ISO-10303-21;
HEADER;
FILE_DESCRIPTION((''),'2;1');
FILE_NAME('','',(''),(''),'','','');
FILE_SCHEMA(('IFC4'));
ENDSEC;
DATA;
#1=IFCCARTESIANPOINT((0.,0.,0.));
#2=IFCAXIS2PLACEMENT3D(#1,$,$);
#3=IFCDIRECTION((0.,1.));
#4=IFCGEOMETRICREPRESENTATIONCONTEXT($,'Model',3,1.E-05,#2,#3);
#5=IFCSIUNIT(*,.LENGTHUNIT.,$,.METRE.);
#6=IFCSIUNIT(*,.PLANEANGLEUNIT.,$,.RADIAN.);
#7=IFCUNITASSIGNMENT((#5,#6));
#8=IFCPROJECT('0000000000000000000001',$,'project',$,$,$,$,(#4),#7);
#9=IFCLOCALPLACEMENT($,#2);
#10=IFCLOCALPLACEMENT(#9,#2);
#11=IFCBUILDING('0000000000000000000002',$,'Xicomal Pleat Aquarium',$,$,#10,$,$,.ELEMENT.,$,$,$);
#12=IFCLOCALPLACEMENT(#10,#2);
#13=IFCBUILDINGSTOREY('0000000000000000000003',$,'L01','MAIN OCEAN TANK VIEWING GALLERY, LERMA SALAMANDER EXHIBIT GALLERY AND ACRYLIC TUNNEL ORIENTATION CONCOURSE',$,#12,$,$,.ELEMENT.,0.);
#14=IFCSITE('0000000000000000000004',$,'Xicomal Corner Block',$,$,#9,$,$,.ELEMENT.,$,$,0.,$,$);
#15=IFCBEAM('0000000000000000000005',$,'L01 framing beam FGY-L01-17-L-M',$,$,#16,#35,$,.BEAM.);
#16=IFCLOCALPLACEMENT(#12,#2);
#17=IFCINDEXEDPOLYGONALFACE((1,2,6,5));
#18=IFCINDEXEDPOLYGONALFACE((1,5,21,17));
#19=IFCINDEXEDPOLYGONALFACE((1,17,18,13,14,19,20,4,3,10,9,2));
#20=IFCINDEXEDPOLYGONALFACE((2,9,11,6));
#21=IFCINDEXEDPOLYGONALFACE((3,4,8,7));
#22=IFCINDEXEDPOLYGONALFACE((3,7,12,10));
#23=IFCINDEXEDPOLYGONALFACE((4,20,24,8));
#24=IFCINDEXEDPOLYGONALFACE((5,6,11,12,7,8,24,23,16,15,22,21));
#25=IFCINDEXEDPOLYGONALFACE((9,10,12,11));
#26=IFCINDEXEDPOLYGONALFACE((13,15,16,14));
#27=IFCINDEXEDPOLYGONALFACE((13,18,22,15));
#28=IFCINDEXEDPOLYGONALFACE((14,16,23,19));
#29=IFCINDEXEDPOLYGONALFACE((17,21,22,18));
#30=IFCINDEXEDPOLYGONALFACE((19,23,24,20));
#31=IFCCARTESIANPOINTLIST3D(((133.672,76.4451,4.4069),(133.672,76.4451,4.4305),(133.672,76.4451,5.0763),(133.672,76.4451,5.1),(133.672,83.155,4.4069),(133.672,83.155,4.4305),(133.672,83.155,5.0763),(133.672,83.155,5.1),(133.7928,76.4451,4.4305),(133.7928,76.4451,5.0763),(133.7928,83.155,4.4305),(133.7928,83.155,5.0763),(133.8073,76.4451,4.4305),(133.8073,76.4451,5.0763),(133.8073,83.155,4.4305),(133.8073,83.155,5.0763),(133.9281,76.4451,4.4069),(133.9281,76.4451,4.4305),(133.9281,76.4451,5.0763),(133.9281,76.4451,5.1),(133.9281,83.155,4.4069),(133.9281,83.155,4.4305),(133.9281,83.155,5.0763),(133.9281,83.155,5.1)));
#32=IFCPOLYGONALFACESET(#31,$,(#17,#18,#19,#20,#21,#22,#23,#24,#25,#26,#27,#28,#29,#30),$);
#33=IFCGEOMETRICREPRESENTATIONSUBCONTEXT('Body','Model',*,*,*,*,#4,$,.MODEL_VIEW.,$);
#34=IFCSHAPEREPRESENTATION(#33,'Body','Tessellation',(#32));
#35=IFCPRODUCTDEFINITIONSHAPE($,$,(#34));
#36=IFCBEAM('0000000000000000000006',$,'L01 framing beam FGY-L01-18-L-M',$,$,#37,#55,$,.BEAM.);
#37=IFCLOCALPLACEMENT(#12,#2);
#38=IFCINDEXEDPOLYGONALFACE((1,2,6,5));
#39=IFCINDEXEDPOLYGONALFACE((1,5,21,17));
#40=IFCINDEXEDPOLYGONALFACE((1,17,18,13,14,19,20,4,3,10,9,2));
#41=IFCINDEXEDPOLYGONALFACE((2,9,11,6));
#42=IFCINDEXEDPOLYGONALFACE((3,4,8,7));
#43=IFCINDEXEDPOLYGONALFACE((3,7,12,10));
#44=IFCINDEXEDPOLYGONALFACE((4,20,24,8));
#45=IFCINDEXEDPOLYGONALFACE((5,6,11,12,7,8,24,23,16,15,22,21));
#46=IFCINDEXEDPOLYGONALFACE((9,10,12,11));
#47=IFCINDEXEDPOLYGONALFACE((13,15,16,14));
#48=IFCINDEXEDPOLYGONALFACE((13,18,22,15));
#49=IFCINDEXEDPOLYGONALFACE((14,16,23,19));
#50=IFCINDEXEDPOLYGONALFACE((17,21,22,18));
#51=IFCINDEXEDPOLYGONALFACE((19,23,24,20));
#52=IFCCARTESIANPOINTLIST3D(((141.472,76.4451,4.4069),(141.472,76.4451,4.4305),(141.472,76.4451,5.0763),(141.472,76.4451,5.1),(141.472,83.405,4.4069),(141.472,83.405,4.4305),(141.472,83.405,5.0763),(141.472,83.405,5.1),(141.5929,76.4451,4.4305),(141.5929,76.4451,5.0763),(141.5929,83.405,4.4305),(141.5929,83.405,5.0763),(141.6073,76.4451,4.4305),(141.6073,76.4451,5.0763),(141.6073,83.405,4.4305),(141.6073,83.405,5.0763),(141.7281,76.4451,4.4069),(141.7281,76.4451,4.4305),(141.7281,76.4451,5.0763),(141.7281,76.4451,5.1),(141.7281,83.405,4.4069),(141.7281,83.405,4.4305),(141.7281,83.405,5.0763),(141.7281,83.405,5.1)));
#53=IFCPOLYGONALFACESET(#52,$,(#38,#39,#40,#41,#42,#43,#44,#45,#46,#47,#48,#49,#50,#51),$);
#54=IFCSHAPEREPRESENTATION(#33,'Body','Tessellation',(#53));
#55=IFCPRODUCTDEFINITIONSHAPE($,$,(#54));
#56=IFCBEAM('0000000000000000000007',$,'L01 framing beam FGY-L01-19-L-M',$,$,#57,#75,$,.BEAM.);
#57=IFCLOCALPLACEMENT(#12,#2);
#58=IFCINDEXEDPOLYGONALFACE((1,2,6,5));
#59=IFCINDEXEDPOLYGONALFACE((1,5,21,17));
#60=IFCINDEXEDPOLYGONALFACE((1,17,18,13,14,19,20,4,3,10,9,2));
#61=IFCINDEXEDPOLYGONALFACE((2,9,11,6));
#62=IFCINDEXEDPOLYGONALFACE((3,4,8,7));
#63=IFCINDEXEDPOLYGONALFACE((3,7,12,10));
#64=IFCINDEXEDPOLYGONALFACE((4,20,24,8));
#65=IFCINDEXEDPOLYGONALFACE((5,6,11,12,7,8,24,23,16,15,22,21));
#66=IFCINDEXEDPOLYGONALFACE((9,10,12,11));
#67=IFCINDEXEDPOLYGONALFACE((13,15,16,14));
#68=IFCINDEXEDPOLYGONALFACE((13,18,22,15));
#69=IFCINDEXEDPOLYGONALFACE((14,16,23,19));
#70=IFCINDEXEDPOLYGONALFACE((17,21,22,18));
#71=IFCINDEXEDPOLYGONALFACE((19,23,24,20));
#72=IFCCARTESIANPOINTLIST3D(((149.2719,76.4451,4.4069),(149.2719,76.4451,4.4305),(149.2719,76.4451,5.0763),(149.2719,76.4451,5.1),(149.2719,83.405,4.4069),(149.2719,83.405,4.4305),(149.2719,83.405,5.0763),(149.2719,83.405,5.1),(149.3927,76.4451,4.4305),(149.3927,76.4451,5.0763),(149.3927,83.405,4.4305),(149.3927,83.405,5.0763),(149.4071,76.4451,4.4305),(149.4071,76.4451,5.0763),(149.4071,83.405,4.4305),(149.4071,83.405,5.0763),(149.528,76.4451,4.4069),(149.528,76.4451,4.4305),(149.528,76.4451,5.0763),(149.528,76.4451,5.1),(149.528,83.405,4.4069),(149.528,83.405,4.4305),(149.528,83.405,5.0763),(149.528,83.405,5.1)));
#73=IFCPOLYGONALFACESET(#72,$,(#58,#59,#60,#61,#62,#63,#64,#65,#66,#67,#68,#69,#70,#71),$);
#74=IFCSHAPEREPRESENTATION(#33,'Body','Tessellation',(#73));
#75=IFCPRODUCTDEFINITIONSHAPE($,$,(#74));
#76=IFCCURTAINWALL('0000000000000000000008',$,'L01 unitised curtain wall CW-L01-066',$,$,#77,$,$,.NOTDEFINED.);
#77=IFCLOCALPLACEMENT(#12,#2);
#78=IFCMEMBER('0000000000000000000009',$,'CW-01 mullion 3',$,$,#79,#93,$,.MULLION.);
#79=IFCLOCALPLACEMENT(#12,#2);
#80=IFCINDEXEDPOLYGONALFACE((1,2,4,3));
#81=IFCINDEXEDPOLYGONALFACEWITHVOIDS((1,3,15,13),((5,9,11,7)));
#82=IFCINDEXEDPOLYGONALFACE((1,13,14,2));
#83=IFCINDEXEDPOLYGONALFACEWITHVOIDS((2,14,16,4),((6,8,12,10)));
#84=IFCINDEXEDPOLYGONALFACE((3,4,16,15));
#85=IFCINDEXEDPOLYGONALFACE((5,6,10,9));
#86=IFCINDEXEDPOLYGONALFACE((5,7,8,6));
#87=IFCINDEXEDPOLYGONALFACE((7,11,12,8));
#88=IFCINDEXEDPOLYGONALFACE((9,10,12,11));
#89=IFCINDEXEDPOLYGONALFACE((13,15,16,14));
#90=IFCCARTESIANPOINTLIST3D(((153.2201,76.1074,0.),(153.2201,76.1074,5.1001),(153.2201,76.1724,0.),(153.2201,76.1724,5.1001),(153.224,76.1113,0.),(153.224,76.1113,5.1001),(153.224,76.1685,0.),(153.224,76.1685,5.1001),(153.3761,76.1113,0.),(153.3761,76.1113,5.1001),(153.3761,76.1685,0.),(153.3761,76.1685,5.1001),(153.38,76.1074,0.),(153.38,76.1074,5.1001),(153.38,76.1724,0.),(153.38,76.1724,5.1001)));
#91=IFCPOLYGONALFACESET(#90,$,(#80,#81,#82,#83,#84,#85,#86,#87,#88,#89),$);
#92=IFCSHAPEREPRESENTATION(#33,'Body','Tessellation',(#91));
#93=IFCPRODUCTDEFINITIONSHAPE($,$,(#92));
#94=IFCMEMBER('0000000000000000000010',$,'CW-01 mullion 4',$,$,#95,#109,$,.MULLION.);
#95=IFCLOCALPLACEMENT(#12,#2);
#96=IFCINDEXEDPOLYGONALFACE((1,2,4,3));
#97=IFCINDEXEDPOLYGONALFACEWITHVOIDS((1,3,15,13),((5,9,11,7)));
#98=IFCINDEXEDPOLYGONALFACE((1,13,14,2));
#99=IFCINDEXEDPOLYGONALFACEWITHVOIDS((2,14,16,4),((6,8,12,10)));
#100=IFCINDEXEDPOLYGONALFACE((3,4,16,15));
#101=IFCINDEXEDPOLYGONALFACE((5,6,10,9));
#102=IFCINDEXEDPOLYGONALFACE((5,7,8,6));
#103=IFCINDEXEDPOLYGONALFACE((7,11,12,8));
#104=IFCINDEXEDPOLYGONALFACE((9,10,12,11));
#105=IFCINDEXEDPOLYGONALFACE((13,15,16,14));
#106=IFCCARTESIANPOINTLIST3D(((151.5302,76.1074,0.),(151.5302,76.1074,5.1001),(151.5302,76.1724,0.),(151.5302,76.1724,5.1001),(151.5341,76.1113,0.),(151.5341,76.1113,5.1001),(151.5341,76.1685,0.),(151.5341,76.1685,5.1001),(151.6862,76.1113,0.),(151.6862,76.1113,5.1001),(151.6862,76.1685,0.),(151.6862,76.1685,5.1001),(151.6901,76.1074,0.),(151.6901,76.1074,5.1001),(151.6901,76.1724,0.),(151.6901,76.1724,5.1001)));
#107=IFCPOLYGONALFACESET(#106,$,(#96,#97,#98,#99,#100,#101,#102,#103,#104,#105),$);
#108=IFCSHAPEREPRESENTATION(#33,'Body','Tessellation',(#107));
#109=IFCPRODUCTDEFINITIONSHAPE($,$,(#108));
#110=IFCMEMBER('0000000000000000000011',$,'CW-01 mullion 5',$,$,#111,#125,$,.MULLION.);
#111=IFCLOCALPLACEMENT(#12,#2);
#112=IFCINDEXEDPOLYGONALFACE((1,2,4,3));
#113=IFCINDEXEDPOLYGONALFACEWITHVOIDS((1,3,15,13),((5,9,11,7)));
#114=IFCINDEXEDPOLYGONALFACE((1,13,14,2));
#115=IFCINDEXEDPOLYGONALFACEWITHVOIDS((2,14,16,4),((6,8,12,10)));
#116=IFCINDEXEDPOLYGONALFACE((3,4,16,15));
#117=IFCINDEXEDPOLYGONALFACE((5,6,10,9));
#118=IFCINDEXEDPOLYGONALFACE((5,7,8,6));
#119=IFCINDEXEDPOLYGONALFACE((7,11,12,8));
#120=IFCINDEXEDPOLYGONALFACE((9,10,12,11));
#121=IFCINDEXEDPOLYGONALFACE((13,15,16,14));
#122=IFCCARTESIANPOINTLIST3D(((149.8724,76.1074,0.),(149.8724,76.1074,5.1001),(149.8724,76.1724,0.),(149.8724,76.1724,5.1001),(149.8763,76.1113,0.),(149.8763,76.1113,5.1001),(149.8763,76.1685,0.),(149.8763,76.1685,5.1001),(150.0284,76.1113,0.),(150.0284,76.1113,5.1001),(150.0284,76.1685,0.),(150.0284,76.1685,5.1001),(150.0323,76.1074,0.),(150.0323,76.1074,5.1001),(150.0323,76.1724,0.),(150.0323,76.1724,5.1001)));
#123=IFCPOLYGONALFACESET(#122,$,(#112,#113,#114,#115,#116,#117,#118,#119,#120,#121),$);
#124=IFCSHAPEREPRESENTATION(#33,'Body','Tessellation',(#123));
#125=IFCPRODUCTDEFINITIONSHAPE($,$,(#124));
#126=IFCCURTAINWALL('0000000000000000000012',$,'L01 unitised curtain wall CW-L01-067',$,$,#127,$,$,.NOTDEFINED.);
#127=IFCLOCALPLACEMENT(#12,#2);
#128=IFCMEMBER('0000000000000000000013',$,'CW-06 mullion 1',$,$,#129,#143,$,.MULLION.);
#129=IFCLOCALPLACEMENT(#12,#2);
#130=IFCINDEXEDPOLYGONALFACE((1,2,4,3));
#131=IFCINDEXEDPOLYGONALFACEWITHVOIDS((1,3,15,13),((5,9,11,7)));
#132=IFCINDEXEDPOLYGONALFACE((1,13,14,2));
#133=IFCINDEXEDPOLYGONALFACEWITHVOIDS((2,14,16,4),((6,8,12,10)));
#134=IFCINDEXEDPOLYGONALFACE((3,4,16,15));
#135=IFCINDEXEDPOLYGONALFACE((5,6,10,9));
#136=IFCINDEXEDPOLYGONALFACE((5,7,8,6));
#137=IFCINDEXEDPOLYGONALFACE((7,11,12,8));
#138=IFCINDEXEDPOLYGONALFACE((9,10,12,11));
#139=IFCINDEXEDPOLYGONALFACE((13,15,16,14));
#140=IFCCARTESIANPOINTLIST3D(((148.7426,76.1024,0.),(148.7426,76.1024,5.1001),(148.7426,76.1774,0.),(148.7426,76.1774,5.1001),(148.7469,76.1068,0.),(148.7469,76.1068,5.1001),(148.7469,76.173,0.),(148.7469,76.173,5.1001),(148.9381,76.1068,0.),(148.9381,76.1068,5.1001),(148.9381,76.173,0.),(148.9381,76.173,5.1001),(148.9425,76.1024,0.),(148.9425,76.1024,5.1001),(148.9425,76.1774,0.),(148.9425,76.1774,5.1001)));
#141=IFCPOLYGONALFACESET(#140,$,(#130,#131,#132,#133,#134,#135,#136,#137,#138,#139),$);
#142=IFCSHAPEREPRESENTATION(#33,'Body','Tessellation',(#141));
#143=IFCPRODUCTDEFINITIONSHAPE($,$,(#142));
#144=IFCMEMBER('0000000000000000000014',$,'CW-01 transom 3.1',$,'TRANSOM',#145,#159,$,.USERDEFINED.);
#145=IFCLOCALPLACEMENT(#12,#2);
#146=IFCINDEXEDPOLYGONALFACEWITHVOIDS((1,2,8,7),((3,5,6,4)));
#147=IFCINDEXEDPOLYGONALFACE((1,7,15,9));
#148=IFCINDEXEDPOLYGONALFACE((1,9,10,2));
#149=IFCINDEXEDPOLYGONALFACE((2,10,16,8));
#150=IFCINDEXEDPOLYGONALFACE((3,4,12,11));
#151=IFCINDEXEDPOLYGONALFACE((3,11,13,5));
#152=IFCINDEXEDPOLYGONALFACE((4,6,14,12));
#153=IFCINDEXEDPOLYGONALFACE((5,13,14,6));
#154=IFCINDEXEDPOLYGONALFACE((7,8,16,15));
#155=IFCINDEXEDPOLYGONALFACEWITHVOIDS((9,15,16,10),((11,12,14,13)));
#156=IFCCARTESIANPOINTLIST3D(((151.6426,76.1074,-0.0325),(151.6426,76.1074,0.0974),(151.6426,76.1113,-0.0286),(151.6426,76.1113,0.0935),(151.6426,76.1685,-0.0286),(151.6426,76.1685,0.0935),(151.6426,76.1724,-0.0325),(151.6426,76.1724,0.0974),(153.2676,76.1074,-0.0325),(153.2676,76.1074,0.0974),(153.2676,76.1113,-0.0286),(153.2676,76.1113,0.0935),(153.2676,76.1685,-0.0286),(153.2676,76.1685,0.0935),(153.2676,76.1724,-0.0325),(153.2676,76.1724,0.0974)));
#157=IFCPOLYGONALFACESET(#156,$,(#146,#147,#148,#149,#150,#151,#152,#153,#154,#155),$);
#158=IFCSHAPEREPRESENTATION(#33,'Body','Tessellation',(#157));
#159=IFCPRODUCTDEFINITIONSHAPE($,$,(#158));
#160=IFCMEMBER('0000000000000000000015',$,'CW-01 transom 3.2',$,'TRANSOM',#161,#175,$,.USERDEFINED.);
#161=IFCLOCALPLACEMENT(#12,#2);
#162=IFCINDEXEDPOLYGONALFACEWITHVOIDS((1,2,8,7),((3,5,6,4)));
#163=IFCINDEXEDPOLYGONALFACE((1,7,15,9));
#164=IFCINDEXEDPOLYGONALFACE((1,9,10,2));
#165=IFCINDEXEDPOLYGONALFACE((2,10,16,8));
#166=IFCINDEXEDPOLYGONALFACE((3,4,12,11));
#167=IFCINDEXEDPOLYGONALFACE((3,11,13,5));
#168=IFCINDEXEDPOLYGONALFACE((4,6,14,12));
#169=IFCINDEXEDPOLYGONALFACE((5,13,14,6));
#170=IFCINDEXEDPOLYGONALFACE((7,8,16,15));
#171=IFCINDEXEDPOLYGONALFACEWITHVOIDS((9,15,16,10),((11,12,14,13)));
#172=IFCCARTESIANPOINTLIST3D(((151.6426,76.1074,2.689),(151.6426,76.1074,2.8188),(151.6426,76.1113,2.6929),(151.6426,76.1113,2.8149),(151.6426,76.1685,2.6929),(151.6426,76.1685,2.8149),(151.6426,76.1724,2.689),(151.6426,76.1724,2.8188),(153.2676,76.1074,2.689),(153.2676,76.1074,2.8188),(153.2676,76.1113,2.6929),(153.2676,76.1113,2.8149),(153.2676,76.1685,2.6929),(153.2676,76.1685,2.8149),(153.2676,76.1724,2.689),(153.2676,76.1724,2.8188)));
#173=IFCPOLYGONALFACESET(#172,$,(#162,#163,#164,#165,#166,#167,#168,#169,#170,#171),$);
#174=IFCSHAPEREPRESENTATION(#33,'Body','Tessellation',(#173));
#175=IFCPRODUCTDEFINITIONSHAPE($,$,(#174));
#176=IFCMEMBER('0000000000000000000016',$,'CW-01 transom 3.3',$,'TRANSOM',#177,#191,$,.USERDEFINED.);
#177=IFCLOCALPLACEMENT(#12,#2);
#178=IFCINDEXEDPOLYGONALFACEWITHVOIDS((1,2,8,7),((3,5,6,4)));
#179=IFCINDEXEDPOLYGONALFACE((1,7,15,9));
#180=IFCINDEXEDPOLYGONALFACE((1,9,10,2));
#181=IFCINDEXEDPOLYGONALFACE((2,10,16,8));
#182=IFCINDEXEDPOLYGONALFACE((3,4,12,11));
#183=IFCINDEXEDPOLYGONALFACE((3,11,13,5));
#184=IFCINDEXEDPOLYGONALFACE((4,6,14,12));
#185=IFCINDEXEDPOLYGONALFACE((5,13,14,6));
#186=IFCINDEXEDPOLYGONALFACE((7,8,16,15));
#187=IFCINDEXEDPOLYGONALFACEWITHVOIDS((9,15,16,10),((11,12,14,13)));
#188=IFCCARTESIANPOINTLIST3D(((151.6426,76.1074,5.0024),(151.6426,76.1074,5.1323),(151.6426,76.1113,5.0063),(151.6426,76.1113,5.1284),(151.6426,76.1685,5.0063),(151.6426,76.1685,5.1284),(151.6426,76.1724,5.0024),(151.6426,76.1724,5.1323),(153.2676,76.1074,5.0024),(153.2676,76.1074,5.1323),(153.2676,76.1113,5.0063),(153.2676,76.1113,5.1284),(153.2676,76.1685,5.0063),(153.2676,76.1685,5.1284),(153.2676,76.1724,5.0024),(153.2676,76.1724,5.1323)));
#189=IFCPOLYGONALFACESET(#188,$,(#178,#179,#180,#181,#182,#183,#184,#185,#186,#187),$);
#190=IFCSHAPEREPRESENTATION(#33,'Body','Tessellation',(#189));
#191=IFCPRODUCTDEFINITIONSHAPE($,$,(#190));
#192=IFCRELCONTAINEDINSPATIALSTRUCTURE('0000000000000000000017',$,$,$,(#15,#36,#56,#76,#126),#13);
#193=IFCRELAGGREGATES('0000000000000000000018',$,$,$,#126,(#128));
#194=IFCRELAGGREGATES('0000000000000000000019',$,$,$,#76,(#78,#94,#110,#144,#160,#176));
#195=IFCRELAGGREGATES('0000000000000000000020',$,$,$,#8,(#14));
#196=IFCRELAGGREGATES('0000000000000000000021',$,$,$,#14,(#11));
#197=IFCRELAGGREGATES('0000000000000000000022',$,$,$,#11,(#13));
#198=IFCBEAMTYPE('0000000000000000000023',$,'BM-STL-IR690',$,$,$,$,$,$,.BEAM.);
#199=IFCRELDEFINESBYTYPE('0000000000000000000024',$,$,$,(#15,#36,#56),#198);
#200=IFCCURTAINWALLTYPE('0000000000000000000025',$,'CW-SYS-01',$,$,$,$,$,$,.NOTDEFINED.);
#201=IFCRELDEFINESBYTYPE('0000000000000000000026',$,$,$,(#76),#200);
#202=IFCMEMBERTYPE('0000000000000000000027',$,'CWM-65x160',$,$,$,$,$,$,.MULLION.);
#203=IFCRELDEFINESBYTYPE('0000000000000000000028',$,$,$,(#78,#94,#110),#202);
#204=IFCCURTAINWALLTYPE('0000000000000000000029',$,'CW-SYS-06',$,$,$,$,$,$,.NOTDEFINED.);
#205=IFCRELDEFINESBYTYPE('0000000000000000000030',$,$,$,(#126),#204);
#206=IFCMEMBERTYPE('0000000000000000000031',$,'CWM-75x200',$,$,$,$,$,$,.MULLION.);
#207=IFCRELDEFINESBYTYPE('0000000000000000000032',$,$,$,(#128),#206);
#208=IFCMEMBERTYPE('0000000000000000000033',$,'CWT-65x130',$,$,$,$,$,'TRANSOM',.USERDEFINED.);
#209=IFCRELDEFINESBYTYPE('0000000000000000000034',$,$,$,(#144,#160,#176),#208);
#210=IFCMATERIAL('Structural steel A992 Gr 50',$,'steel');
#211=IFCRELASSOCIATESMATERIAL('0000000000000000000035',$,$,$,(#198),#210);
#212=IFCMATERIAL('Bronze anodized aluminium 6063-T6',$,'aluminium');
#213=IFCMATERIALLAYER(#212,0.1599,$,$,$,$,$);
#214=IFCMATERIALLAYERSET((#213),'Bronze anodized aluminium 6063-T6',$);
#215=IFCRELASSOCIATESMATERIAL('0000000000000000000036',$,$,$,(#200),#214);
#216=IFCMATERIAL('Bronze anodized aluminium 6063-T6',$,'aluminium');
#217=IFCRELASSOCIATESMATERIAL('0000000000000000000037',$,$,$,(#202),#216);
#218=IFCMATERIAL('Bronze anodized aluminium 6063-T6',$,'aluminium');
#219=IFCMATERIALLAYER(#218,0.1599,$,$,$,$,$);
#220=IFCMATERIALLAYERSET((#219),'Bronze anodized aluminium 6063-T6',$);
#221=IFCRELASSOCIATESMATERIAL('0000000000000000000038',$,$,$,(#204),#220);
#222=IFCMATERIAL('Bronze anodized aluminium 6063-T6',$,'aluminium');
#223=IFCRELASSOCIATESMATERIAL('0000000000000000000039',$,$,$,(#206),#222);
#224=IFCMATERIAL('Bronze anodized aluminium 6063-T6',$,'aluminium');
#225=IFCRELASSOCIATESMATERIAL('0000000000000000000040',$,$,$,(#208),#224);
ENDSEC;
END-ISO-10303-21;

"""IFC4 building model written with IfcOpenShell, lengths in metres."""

from ifc_helpers import new_model, si_unit, direction, frame, origin, origin_2d, place, context, subcontext, project, spatial, hollow_rectangle, i_section, extrude, material, layer, layer_set, material_profile, profile_set, type_object, element, aggregate, save


model = new_model("IFC4")

# Units and contexts
model_context = context("Model", 3, precision=1e-05, world=origin(), true_north=direction((0.0, 1.0)))
body_context = subcontext(model_context, "Body", "Model", "MODEL_VIEW")
ifc_project = project(units=[si_unit("LENGTHUNIT", "METRE"), si_unit("PLANEANGLEUNIT", "RADIAN")], contexts=[model_context])

# Site, building, storey
site_placement = place(None, origin())
site = spatial("IfcSite", under=ifc_project, at=site_placement, Name="Xicomal Corner Block", CompositionType="ELEMENT", RefElevation=0.0)
building_placement = place(site_placement, origin())
building = spatial("IfcBuilding", under=site, at=building_placement, Name="Xicomal Pleat Aquarium", CompositionType="ELEMENT")
storey_placement = place(building_placement, origin())
storey = spatial("IfcBuildingStorey", under=building, at=storey_placement, Name="L01", Description="MAIN OCEAN TANK VIEWING GALLERY, LERMA SALAMANDER EXHIBIT GALLERY AND ACRYLIC TUNNEL ORIENTATION CONCOURSE", CompositionType="ELEMENT", Elevation=0.0)

# Beams
ifc_material_1 = material(Name="Structural steel A992 Gr 50", Category="steel")
ifc_material_profile_1 = material_profile(ifc_material_1, i_section(OverallWidth=0.2561, OverallDepth=0.6931, WebThickness=0.0144, FlangeThickness=0.0237, at=origin_2d()), Name="IR 690x170")
ifc_profile_set_1 = profile_set([ifc_material_profile_1], Name="Structural steel A992 Gr 50")
beam_type = type_object("IfcBeamType", Name="BM-STL-IR690", PredefinedType="BEAM", material=ifc_profile_set_1)
beam_placement = place(storey_placement, frame((133.8, 76.4451, 4.7534), z_axis=(0.0, 1.0, 0.0), x_axis=(-1.0, 0.0, 0.0)))
element("IfcBeam", 1, at=beam_placement, inside=storey, type_object=beam_type, Name="L01 framing beam FGY-L01-17-L-M", PredefinedType="BEAM", context=body_context, shape_type="SweptSolid", body=[
    extrude(i_section(OverallWidth=0.2561, OverallDepth=0.6931, WebThickness=0.0144, FlangeThickness=0.0237, at=origin_2d()), origin(), (0.0, 0.0, 1.0), 6.71),
])
for number, where, z_axis, x_axis, name in (
    (2, (141.6001, 76.4451, 4.7534), (0.0, 1.0, 0.0), (-1.0, 0.0, 0.0), "L01 framing beam FGY-L01-18-L-M"),
    (3, (149.3999, 76.4451, 4.7534), (0.0, 1.0, 0.0), (-1.0, 0.0, 0.0), "L01 framing beam FGY-L01-19-L-M"),
):
    element("IfcBeam", number, at=place(storey_placement, frame(where, z_axis=z_axis, x_axis=x_axis)), inside=storey, type_object=beam_type, Name=name, PredefinedType="BEAM", context=body_context, shape_type="SweptSolid", body=[
        extrude(i_section(OverallWidth=0.2561, OverallDepth=0.6931, WebThickness=0.0144, FlangeThickness=0.0237, at=origin_2d()), origin(), (0.0, 0.0, 1.0), 6.96),
    ])

# Curtain wall, members
ifc_material_2 = material(Name="Bronze anodized aluminium 6063-T6", Category="aluminium")
ifc_layer_1 = layer(ifc_material_2, 0.1599)
ifc_layer_set_1 = layer_set([ifc_layer_1], Name="Bronze anodized aluminium 6063-T6")
curtain_wall_type_1 = type_object("IfcCurtainWallType", Name="CW-SYS-01", PredefinedType="NOTDEFINED", material=ifc_layer_set_1)
curtain_wall_1_placement = place(storey_placement, origin())
curtain_wall_1 = element("IfcCurtainWall", 4, at=curtain_wall_1_placement, inside=storey, type_object=curtain_wall_type_1, Name="L01 unitised curtain wall CW-L01-066", PredefinedType="NOTDEFINED")
ifc_material_3 = material(Name="Bronze anodized aluminium 6063-T6", Category="aluminium")
ifc_material_profile_2 = material_profile(ifc_material_3, hollow_rectangle(XDim=0.0649, YDim=0.1599, WallThickness=0.0039, at=origin_2d()), Name="ALU MULL 65x160")
ifc_profile_set_2 = profile_set([ifc_material_profile_2], Name="Bronze anodized aluminium 6063-T6")
member_type_1 = type_object("IfcMemberType", Name="CWM-65x160", PredefinedType="MULLION", material=ifc_profile_set_2)
member_1_placement = place(storey_placement, frame((153.3, 76.1399, 0.0), z_axis=(0.0, 0.0, 1.0), x_axis=(0.0, -1.0, 0.0)))
member_1 = element("IfcMember", 5, at=member_1_placement, type_object=member_type_1, Name="CW-01 mullion 3", PredefinedType="MULLION", context=body_context, shape_type="SweptSolid", body=[
    extrude(hollow_rectangle(XDim=0.0649, YDim=0.1599, WallThickness=0.0039, at=origin_2d()), origin(), (0.0, 0.0, 1.0), 5.1001),
])
member_2_placement = place(storey_placement, frame((151.6101, 76.1399, 0.0), z_axis=(0.0, 0.0, 1.0), x_axis=(0.0, -1.0, 0.0)))
member_2 = element("IfcMember", 6, at=member_2_placement, type_object=member_type_1, Name="CW-01 mullion 4", PredefinedType="MULLION", context=body_context, shape_type="SweptSolid", body=[
    extrude(hollow_rectangle(XDim=0.0649, YDim=0.1599, WallThickness=0.0039, at=origin_2d()), origin(), (0.0, 0.0, 1.0), 5.1001),
])
member_3_placement = place(storey_placement, frame((149.9524, 76.1399, 0.0), z_axis=(0.0, 0.0, 1.0), x_axis=(0.0, -1.0, 0.0)))
member_3 = element("IfcMember", 7, at=member_3_placement, type_object=member_type_1, Name="CW-01 mullion 5", PredefinedType="MULLION", context=body_context, shape_type="SweptSolid", body=[
    extrude(hollow_rectangle(XDim=0.0649, YDim=0.1599, WallThickness=0.0039, at=origin_2d()), origin(), (0.0, 0.0, 1.0), 5.1001),
])

# Curtain wall, member
ifc_material_4 = material(Name="Bronze anodized aluminium 6063-T6", Category="aluminium")
ifc_layer_2 = layer(ifc_material_4, 0.1599)
ifc_layer_set_2 = layer_set([ifc_layer_2], Name="Bronze anodized aluminium 6063-T6")
curtain_wall_type_2 = type_object("IfcCurtainWallType", Name="CW-SYS-06", PredefinedType="NOTDEFINED", material=ifc_layer_set_2)
curtain_wall_2_placement = place(storey_placement, origin())
curtain_wall_2 = element("IfcCurtainWall", 8, at=curtain_wall_2_placement, inside=storey, type_object=curtain_wall_type_2, Name="L01 unitised curtain wall CW-L01-067", PredefinedType="NOTDEFINED")
ifc_material_5 = material(Name="Bronze anodized aluminium 6063-T6", Category="aluminium")
ifc_material_profile_3 = material_profile(ifc_material_5, hollow_rectangle(XDim=0.075, YDim=0.2, WallThickness=0.0044, at=origin_2d()), Name="ALU MULL 75x200")
ifc_profile_set_3 = profile_set([ifc_material_profile_3], Name="Bronze anodized aluminium 6063-T6")
member_type_2 = type_object("IfcMemberType", Name="CWM-75x200", PredefinedType="MULLION", material=ifc_profile_set_3)
member_4_placement = place(storey_placement, frame((148.8425, 76.1399, 0.0), z_axis=(0.0, 0.0, 1.0), x_axis=(0.0, -1.0, 0.0)))
member_4 = element("IfcMember", 9, at=member_4_placement, type_object=member_type_2, Name="CW-06 mullion 1", PredefinedType="MULLION", context=body_context, shape_type="SweptSolid", body=[
    extrude(hollow_rectangle(XDim=0.075, YDim=0.2, WallThickness=0.0044, at=origin_2d()), origin(), (0.0, 0.0, 1.0), 5.1001),
])

# Members
ifc_material_6 = material(Name="Bronze anodized aluminium 6063-T6", Category="aluminium")
ifc_material_profile_4 = material_profile(ifc_material_6, hollow_rectangle(XDim=0.0649, YDim=0.1299, WallThickness=0.0039, at=origin_2d()), Name="ALU TRAN 65x130")
ifc_profile_set_4 = profile_set([ifc_material_profile_4], Name="Bronze anodized aluminium 6063-T6")
member_type_3 = type_object("IfcMemberType", Name="CWT-65x130", ElementType="TRANSOM", PredefinedType="USERDEFINED", material=ifc_profile_set_4)
member_5_placement = place(storey_placement, frame((153.2676, 76.1399, 0.0325), z_axis=(-1.0, 0.0, 0.0), x_axis=(0.0, -1.0, 0.0)))
member_5 = element("IfcMember", 10, at=member_5_placement, type_object=member_type_3, Name="CW-01 transom 3.1", ObjectType="TRANSOM", PredefinedType="USERDEFINED", context=body_context, shape_type="SweptSolid", body=[
    extrude(hollow_rectangle(XDim=0.0649, YDim=0.1299, WallThickness=0.0039, at=origin_2d()), origin(), (0.0, 0.0, 1.0), 1.625),
])
member_6_placement = place(storey_placement, frame((153.2676, 76.1399, 2.7539), z_axis=(-1.0, 0.0, 0.0), x_axis=(0.0, -1.0, 0.0)))
member_6 = element("IfcMember", 11, at=member_6_placement, type_object=member_type_3, Name="CW-01 transom 3.2", ObjectType="TRANSOM", PredefinedType="USERDEFINED", context=body_context, shape_type="SweptSolid", body=[
    extrude(hollow_rectangle(XDim=0.0649, YDim=0.1299, WallThickness=0.0039, at=origin_2d()), origin(), (0.0, 0.0, 1.0), 1.625),
])
member_7_placement = place(storey_placement, frame((153.2676, 76.1399, 5.0674), z_axis=(-1.0, 0.0, 0.0), x_axis=(0.0, -1.0, 0.0)))
member_7 = element("IfcMember", 12, at=member_7_placement, type_object=member_type_3, Name="CW-01 transom 3.3", ObjectType="TRANSOM", PredefinedType="USERDEFINED", context=body_context, shape_type="SweptSolid", body=[
    extrude(hollow_rectangle(XDim=0.0649, YDim=0.1299, WallThickness=0.0039, at=origin_2d()), origin(), (0.0, 0.0, 1.0), 1.625),
])
aggregate(curtain_wall_2, [member_4])

aggregate(curtain_wall_1, [member_1, member_2, member_3, member_5, member_6, member_7])

save(model, "model.ifc")
